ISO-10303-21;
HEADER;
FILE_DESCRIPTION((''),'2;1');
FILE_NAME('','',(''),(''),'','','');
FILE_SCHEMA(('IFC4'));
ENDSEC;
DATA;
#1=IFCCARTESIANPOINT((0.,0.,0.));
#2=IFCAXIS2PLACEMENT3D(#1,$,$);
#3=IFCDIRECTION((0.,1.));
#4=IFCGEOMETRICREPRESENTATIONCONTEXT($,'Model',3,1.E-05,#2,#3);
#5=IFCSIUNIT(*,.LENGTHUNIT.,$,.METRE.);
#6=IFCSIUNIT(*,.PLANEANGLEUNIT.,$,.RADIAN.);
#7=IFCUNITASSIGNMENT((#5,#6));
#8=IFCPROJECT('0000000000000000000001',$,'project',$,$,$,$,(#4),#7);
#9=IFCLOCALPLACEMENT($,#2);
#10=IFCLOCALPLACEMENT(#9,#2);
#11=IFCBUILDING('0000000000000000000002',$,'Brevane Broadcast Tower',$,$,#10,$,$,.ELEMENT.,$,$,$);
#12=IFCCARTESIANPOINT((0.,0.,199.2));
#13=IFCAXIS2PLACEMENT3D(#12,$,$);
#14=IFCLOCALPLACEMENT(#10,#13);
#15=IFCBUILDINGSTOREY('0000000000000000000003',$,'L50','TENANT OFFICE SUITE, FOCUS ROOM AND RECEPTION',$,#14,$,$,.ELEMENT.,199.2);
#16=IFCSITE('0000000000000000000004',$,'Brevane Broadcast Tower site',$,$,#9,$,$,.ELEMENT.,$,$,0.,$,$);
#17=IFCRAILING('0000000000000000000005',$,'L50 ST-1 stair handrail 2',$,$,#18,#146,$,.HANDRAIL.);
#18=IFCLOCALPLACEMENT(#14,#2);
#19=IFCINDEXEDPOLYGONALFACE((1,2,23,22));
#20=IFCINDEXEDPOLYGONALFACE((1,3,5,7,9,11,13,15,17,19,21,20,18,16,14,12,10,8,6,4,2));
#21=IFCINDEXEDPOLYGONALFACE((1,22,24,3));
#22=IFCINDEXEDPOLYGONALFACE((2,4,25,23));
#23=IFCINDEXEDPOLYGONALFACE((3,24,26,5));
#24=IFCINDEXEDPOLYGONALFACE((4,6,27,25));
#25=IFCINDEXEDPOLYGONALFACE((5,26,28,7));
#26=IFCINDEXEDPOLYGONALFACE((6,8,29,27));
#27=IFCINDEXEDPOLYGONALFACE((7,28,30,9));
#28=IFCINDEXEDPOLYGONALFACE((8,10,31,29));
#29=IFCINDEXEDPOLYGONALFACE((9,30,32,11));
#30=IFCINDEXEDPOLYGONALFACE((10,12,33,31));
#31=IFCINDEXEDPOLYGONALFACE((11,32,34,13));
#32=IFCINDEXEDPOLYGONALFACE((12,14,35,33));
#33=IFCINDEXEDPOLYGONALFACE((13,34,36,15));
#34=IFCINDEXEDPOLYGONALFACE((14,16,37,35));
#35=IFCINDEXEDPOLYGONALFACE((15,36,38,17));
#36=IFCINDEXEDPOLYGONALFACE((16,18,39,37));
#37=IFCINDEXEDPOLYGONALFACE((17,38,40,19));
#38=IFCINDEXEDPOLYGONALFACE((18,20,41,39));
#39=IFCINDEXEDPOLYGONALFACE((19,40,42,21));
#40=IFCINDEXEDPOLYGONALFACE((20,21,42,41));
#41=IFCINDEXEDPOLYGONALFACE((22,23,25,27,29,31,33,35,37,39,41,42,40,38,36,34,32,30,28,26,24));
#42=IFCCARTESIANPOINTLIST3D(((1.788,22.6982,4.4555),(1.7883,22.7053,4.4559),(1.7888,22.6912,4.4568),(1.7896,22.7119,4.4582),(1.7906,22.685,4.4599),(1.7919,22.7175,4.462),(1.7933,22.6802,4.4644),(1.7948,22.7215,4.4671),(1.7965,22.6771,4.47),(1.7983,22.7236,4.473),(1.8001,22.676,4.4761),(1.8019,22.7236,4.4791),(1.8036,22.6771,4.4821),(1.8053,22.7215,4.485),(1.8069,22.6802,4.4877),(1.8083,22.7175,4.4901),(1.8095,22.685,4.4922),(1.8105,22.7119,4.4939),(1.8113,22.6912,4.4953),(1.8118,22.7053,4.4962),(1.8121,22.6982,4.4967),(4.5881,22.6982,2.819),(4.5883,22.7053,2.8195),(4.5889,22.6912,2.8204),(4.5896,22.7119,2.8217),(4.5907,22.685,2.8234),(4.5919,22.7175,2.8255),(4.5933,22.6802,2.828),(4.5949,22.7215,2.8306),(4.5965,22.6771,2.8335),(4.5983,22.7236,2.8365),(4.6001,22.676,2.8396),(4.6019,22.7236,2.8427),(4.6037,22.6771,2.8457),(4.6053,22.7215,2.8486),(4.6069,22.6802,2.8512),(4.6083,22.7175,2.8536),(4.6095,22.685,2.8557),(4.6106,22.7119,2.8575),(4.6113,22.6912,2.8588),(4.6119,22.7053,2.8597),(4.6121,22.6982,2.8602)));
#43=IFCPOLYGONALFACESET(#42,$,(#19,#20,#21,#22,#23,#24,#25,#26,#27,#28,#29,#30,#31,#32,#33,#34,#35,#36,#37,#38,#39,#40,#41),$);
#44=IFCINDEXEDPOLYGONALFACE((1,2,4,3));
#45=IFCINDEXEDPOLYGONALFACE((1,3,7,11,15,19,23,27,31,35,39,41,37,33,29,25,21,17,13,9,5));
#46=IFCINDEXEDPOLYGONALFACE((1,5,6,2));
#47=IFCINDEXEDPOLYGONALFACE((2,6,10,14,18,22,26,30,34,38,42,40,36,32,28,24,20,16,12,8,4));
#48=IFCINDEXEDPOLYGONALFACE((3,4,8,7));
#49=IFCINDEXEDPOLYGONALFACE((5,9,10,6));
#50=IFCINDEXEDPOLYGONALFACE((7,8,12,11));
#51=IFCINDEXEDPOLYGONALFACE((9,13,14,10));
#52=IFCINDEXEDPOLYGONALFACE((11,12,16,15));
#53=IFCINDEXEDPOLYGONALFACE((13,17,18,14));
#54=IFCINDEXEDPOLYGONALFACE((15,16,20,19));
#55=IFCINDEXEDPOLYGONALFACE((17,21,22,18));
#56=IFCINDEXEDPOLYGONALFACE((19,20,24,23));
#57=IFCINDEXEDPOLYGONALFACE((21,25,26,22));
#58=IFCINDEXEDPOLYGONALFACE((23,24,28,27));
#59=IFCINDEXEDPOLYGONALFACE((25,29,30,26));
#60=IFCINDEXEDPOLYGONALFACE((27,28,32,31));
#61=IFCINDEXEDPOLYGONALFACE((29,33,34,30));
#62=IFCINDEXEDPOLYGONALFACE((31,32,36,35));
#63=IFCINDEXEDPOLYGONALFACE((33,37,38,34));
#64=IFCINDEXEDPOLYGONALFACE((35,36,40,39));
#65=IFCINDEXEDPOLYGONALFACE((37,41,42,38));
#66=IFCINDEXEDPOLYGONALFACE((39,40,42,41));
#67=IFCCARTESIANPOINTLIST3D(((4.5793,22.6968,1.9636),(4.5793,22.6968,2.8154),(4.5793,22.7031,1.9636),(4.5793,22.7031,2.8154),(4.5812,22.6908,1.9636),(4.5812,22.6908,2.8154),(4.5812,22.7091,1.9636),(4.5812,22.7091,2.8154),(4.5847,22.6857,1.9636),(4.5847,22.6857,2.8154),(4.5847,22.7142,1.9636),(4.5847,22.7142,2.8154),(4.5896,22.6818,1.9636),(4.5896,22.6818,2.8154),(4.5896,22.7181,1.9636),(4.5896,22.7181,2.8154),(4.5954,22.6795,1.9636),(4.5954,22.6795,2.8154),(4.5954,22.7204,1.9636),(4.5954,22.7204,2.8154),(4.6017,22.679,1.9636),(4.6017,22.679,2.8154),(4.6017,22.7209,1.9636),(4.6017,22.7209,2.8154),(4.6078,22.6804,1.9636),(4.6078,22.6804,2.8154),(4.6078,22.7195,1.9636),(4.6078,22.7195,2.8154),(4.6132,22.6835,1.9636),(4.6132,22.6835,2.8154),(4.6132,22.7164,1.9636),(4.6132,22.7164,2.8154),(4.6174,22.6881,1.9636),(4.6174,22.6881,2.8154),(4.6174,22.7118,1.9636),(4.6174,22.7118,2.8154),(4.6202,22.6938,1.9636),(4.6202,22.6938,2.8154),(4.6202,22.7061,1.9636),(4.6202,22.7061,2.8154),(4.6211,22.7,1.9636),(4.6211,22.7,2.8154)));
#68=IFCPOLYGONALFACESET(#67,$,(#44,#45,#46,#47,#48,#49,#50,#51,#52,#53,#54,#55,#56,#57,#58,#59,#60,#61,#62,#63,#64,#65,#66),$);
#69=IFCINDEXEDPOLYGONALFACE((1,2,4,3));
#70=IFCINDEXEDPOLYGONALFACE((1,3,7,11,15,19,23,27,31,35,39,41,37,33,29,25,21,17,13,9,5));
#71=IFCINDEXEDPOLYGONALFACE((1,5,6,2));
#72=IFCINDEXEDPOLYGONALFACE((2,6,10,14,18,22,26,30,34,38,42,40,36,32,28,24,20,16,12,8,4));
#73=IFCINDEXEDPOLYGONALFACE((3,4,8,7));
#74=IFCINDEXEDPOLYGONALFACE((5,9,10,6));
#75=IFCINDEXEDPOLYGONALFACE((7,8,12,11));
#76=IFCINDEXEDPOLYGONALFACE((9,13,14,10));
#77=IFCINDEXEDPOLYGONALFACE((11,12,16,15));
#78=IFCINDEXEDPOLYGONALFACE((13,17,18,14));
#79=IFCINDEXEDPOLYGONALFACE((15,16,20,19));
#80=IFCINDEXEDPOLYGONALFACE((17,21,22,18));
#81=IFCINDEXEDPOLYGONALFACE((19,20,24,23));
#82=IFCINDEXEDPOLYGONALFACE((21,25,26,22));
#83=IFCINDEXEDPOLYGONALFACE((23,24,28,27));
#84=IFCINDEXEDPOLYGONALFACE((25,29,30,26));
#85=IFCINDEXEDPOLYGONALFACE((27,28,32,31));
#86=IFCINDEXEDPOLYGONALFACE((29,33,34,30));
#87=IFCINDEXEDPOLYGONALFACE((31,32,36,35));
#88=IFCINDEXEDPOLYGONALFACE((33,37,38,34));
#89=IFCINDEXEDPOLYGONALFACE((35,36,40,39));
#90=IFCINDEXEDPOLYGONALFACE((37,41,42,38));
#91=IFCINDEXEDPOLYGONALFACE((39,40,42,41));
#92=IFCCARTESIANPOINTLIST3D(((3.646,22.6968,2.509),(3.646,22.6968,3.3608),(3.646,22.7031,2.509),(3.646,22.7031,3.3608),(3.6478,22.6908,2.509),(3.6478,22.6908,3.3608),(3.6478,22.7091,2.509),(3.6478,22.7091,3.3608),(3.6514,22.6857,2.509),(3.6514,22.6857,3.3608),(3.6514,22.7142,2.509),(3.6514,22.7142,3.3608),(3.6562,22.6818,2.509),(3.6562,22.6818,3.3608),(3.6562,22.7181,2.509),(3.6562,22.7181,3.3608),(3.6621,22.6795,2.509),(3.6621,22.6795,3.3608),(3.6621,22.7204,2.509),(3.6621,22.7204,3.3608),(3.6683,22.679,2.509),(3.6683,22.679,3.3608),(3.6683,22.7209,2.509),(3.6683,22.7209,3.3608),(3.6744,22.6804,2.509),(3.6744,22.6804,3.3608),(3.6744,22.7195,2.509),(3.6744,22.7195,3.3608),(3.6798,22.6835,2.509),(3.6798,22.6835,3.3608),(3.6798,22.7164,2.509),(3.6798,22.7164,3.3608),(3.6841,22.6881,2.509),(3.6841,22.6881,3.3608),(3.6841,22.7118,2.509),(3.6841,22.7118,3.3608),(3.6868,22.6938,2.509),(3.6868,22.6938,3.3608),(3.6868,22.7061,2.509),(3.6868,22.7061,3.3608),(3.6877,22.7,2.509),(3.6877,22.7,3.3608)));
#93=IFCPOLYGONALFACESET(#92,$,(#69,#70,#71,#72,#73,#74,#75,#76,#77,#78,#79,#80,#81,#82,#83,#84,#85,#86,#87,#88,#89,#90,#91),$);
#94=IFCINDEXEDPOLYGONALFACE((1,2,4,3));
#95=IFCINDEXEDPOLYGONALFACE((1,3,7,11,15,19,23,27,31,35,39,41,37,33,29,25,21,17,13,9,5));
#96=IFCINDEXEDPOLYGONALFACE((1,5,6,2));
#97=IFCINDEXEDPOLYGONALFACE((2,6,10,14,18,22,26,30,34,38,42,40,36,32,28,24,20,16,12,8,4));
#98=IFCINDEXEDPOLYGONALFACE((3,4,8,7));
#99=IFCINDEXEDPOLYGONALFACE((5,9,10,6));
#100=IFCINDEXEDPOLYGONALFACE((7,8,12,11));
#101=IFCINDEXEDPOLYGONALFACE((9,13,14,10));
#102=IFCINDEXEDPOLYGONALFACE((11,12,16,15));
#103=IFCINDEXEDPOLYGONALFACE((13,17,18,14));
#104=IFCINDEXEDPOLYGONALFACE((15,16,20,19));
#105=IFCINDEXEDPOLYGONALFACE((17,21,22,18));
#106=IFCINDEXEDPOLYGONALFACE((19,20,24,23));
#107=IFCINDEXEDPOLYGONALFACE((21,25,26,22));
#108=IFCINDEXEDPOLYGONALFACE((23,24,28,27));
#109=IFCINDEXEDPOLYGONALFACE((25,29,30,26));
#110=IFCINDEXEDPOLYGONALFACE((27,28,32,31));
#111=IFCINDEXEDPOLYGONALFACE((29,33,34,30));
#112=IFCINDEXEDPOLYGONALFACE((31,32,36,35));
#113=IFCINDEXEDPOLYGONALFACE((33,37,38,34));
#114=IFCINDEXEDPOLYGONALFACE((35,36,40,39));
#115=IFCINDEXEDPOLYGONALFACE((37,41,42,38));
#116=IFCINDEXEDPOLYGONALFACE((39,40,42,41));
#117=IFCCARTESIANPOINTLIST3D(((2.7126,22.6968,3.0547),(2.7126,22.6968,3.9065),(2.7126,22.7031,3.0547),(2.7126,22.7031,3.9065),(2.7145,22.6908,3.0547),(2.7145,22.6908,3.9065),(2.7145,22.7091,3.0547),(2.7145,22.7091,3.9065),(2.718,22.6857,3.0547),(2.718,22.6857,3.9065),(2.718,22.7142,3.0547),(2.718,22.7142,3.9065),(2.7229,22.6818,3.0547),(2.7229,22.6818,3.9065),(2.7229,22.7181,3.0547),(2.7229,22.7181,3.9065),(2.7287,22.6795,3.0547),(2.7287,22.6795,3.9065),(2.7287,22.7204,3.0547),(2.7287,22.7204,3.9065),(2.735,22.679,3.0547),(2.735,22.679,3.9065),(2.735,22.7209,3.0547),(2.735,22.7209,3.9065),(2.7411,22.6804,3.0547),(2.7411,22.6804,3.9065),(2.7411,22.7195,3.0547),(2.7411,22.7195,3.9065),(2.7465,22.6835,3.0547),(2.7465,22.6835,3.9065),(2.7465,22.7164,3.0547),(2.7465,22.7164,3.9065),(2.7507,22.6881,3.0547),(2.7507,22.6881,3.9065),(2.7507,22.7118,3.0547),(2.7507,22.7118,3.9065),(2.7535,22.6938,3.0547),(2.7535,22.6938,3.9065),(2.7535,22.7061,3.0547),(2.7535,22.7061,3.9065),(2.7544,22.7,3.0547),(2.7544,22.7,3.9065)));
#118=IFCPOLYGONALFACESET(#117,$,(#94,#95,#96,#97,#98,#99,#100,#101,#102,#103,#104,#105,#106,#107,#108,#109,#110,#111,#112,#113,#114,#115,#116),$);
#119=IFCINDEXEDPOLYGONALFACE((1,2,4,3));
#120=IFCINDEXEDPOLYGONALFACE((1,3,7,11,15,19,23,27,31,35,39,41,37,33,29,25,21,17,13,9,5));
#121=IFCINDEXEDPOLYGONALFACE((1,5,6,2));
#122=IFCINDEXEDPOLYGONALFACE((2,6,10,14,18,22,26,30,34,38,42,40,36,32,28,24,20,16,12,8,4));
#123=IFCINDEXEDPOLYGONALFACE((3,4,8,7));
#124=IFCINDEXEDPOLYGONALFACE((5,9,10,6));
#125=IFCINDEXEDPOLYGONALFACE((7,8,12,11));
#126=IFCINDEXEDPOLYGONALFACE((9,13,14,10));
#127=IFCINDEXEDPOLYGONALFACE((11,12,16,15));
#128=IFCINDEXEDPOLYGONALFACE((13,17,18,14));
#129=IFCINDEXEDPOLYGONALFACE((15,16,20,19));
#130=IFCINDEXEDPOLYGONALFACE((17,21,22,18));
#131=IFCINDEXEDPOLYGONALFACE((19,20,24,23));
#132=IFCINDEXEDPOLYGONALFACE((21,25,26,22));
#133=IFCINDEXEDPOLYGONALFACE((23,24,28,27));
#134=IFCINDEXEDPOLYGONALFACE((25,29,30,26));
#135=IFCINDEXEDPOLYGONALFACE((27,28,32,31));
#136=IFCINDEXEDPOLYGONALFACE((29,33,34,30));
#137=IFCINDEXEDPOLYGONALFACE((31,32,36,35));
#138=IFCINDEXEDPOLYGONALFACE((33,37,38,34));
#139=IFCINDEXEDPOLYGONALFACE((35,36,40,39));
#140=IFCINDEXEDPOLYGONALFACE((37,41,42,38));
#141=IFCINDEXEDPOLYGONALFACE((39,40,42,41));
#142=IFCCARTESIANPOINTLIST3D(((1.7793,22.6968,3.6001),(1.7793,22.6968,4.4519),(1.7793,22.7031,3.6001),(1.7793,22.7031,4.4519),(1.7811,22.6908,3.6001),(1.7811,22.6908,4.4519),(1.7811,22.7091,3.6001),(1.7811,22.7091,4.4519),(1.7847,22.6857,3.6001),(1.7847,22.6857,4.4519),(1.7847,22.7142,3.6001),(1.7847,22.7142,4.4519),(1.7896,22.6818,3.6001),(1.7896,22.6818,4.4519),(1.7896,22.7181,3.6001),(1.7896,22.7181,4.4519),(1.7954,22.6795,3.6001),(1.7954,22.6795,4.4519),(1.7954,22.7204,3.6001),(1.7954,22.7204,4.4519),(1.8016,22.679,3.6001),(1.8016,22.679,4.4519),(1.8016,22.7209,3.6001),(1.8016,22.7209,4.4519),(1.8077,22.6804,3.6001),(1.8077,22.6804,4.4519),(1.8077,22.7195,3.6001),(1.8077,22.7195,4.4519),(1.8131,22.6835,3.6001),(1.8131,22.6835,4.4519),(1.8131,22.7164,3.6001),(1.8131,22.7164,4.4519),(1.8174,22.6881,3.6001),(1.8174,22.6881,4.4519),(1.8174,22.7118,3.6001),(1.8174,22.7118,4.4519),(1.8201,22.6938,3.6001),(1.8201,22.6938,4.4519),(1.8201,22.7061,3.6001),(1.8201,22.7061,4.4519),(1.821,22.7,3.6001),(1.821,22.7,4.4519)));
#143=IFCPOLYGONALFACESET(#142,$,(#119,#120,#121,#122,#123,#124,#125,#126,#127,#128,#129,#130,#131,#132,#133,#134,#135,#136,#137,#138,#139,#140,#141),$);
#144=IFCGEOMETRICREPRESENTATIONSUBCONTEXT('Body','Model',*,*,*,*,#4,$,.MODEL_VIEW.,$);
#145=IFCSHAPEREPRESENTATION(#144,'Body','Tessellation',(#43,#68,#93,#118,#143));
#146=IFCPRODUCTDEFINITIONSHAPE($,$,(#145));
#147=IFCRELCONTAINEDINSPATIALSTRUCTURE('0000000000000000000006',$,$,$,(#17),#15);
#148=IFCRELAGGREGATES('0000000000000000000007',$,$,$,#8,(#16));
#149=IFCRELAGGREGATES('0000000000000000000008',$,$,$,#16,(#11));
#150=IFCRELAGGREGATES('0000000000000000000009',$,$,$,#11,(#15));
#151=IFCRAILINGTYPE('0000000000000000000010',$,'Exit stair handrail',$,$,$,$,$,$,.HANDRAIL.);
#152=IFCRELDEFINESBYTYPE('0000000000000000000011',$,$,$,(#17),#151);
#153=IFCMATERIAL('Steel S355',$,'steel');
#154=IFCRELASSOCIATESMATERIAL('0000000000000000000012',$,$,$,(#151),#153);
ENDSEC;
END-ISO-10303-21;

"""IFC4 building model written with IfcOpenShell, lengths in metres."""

from ifc_helpers import new_model, si_unit, direction, frame, origin, origin_2d, place, context, subcontext, project, spatial, circle, extrude, material, type_object, element, save


model = new_model("IFC4")

# Units and contexts
model_context = context("Model", 3, precision=1e-05, world=origin(), true_north=direction((0.0, 1.0)))
body_context = subcontext(model_context, "Body", "Model", "MODEL_VIEW")
ifc_project = project(units=[si_unit("LENGTHUNIT", "METRE"), si_unit("PLANEANGLEUNIT", "RADIAN")], contexts=[model_context])

# Site, building, storey
site_placement = place(None, origin())
site = spatial("IfcSite", under=ifc_project, at=site_placement, Name="Brevane Broadcast Tower site", CompositionType="ELEMENT", RefElevation=0.0)
building_placement = place(site_placement, origin())
building = spatial("IfcBuilding", under=site, at=building_placement, Name="Brevane Broadcast Tower", CompositionType="ELEMENT")
storey_placement = place(building_placement, frame((0.0, 0.0, 199.2)))
storey = spatial("IfcBuildingStorey", under=building, at=storey_placement, Name="L50", Description="TENANT OFFICE SUITE, FOCUS ROOM AND RECEPTION", CompositionType="ELEMENT", Elevation=199.2)

# Railing
ifc_material_1 = material(Name="Steel S355", Category="steel")
railing_type_1 = type_object("IfcRailingType", Name="Exit stair handrail", PredefinedType="HANDRAIL", material=ifc_material_1)
railing_1_placement = place(storey_placement, frame((4.6001, 22.7, 1.9636)))
element("IfcRailing", 1, at=railing_1_placement, inside=storey, type_object=railing_type_1, Name="L50 ST-1 stair handrail 2", PredefinedType="HANDRAIL", context=body_context, shape_type="SweptSolid", body=[
    extrude(circle(Radius=0.0239, at=origin_2d()), frame((0.0, 0.0, 0.876), z_axis=(-0.863361, 0.0, 0.504587), x_axis=(0.0, -1.0, 0.0)), (0.0, 0.0, 1.0), 3.2432),
    extrude(circle(Radius=0.021, at=origin_2d()), origin(), (0.0, 0.0, 1.0), 0.8518),
    extrude(circle(Radius=0.021, at=origin_2d()), frame((-0.9333, 0.0, 0.5454)), (0.0, 0.0, 1.0), 0.8518),
    extrude(circle(Radius=0.021, at=origin_2d()), frame((-1.8667, 0.0, 1.0911)), (0.0, 0.0, 1.0), 0.8518),
    extrude(circle(Radius=0.021, at=origin_2d()), frame((-2.8, 0.0, 1.6365)), (0.0, 0.0, 1.0), 0.8518),
])

save(model, "model.ifc")
